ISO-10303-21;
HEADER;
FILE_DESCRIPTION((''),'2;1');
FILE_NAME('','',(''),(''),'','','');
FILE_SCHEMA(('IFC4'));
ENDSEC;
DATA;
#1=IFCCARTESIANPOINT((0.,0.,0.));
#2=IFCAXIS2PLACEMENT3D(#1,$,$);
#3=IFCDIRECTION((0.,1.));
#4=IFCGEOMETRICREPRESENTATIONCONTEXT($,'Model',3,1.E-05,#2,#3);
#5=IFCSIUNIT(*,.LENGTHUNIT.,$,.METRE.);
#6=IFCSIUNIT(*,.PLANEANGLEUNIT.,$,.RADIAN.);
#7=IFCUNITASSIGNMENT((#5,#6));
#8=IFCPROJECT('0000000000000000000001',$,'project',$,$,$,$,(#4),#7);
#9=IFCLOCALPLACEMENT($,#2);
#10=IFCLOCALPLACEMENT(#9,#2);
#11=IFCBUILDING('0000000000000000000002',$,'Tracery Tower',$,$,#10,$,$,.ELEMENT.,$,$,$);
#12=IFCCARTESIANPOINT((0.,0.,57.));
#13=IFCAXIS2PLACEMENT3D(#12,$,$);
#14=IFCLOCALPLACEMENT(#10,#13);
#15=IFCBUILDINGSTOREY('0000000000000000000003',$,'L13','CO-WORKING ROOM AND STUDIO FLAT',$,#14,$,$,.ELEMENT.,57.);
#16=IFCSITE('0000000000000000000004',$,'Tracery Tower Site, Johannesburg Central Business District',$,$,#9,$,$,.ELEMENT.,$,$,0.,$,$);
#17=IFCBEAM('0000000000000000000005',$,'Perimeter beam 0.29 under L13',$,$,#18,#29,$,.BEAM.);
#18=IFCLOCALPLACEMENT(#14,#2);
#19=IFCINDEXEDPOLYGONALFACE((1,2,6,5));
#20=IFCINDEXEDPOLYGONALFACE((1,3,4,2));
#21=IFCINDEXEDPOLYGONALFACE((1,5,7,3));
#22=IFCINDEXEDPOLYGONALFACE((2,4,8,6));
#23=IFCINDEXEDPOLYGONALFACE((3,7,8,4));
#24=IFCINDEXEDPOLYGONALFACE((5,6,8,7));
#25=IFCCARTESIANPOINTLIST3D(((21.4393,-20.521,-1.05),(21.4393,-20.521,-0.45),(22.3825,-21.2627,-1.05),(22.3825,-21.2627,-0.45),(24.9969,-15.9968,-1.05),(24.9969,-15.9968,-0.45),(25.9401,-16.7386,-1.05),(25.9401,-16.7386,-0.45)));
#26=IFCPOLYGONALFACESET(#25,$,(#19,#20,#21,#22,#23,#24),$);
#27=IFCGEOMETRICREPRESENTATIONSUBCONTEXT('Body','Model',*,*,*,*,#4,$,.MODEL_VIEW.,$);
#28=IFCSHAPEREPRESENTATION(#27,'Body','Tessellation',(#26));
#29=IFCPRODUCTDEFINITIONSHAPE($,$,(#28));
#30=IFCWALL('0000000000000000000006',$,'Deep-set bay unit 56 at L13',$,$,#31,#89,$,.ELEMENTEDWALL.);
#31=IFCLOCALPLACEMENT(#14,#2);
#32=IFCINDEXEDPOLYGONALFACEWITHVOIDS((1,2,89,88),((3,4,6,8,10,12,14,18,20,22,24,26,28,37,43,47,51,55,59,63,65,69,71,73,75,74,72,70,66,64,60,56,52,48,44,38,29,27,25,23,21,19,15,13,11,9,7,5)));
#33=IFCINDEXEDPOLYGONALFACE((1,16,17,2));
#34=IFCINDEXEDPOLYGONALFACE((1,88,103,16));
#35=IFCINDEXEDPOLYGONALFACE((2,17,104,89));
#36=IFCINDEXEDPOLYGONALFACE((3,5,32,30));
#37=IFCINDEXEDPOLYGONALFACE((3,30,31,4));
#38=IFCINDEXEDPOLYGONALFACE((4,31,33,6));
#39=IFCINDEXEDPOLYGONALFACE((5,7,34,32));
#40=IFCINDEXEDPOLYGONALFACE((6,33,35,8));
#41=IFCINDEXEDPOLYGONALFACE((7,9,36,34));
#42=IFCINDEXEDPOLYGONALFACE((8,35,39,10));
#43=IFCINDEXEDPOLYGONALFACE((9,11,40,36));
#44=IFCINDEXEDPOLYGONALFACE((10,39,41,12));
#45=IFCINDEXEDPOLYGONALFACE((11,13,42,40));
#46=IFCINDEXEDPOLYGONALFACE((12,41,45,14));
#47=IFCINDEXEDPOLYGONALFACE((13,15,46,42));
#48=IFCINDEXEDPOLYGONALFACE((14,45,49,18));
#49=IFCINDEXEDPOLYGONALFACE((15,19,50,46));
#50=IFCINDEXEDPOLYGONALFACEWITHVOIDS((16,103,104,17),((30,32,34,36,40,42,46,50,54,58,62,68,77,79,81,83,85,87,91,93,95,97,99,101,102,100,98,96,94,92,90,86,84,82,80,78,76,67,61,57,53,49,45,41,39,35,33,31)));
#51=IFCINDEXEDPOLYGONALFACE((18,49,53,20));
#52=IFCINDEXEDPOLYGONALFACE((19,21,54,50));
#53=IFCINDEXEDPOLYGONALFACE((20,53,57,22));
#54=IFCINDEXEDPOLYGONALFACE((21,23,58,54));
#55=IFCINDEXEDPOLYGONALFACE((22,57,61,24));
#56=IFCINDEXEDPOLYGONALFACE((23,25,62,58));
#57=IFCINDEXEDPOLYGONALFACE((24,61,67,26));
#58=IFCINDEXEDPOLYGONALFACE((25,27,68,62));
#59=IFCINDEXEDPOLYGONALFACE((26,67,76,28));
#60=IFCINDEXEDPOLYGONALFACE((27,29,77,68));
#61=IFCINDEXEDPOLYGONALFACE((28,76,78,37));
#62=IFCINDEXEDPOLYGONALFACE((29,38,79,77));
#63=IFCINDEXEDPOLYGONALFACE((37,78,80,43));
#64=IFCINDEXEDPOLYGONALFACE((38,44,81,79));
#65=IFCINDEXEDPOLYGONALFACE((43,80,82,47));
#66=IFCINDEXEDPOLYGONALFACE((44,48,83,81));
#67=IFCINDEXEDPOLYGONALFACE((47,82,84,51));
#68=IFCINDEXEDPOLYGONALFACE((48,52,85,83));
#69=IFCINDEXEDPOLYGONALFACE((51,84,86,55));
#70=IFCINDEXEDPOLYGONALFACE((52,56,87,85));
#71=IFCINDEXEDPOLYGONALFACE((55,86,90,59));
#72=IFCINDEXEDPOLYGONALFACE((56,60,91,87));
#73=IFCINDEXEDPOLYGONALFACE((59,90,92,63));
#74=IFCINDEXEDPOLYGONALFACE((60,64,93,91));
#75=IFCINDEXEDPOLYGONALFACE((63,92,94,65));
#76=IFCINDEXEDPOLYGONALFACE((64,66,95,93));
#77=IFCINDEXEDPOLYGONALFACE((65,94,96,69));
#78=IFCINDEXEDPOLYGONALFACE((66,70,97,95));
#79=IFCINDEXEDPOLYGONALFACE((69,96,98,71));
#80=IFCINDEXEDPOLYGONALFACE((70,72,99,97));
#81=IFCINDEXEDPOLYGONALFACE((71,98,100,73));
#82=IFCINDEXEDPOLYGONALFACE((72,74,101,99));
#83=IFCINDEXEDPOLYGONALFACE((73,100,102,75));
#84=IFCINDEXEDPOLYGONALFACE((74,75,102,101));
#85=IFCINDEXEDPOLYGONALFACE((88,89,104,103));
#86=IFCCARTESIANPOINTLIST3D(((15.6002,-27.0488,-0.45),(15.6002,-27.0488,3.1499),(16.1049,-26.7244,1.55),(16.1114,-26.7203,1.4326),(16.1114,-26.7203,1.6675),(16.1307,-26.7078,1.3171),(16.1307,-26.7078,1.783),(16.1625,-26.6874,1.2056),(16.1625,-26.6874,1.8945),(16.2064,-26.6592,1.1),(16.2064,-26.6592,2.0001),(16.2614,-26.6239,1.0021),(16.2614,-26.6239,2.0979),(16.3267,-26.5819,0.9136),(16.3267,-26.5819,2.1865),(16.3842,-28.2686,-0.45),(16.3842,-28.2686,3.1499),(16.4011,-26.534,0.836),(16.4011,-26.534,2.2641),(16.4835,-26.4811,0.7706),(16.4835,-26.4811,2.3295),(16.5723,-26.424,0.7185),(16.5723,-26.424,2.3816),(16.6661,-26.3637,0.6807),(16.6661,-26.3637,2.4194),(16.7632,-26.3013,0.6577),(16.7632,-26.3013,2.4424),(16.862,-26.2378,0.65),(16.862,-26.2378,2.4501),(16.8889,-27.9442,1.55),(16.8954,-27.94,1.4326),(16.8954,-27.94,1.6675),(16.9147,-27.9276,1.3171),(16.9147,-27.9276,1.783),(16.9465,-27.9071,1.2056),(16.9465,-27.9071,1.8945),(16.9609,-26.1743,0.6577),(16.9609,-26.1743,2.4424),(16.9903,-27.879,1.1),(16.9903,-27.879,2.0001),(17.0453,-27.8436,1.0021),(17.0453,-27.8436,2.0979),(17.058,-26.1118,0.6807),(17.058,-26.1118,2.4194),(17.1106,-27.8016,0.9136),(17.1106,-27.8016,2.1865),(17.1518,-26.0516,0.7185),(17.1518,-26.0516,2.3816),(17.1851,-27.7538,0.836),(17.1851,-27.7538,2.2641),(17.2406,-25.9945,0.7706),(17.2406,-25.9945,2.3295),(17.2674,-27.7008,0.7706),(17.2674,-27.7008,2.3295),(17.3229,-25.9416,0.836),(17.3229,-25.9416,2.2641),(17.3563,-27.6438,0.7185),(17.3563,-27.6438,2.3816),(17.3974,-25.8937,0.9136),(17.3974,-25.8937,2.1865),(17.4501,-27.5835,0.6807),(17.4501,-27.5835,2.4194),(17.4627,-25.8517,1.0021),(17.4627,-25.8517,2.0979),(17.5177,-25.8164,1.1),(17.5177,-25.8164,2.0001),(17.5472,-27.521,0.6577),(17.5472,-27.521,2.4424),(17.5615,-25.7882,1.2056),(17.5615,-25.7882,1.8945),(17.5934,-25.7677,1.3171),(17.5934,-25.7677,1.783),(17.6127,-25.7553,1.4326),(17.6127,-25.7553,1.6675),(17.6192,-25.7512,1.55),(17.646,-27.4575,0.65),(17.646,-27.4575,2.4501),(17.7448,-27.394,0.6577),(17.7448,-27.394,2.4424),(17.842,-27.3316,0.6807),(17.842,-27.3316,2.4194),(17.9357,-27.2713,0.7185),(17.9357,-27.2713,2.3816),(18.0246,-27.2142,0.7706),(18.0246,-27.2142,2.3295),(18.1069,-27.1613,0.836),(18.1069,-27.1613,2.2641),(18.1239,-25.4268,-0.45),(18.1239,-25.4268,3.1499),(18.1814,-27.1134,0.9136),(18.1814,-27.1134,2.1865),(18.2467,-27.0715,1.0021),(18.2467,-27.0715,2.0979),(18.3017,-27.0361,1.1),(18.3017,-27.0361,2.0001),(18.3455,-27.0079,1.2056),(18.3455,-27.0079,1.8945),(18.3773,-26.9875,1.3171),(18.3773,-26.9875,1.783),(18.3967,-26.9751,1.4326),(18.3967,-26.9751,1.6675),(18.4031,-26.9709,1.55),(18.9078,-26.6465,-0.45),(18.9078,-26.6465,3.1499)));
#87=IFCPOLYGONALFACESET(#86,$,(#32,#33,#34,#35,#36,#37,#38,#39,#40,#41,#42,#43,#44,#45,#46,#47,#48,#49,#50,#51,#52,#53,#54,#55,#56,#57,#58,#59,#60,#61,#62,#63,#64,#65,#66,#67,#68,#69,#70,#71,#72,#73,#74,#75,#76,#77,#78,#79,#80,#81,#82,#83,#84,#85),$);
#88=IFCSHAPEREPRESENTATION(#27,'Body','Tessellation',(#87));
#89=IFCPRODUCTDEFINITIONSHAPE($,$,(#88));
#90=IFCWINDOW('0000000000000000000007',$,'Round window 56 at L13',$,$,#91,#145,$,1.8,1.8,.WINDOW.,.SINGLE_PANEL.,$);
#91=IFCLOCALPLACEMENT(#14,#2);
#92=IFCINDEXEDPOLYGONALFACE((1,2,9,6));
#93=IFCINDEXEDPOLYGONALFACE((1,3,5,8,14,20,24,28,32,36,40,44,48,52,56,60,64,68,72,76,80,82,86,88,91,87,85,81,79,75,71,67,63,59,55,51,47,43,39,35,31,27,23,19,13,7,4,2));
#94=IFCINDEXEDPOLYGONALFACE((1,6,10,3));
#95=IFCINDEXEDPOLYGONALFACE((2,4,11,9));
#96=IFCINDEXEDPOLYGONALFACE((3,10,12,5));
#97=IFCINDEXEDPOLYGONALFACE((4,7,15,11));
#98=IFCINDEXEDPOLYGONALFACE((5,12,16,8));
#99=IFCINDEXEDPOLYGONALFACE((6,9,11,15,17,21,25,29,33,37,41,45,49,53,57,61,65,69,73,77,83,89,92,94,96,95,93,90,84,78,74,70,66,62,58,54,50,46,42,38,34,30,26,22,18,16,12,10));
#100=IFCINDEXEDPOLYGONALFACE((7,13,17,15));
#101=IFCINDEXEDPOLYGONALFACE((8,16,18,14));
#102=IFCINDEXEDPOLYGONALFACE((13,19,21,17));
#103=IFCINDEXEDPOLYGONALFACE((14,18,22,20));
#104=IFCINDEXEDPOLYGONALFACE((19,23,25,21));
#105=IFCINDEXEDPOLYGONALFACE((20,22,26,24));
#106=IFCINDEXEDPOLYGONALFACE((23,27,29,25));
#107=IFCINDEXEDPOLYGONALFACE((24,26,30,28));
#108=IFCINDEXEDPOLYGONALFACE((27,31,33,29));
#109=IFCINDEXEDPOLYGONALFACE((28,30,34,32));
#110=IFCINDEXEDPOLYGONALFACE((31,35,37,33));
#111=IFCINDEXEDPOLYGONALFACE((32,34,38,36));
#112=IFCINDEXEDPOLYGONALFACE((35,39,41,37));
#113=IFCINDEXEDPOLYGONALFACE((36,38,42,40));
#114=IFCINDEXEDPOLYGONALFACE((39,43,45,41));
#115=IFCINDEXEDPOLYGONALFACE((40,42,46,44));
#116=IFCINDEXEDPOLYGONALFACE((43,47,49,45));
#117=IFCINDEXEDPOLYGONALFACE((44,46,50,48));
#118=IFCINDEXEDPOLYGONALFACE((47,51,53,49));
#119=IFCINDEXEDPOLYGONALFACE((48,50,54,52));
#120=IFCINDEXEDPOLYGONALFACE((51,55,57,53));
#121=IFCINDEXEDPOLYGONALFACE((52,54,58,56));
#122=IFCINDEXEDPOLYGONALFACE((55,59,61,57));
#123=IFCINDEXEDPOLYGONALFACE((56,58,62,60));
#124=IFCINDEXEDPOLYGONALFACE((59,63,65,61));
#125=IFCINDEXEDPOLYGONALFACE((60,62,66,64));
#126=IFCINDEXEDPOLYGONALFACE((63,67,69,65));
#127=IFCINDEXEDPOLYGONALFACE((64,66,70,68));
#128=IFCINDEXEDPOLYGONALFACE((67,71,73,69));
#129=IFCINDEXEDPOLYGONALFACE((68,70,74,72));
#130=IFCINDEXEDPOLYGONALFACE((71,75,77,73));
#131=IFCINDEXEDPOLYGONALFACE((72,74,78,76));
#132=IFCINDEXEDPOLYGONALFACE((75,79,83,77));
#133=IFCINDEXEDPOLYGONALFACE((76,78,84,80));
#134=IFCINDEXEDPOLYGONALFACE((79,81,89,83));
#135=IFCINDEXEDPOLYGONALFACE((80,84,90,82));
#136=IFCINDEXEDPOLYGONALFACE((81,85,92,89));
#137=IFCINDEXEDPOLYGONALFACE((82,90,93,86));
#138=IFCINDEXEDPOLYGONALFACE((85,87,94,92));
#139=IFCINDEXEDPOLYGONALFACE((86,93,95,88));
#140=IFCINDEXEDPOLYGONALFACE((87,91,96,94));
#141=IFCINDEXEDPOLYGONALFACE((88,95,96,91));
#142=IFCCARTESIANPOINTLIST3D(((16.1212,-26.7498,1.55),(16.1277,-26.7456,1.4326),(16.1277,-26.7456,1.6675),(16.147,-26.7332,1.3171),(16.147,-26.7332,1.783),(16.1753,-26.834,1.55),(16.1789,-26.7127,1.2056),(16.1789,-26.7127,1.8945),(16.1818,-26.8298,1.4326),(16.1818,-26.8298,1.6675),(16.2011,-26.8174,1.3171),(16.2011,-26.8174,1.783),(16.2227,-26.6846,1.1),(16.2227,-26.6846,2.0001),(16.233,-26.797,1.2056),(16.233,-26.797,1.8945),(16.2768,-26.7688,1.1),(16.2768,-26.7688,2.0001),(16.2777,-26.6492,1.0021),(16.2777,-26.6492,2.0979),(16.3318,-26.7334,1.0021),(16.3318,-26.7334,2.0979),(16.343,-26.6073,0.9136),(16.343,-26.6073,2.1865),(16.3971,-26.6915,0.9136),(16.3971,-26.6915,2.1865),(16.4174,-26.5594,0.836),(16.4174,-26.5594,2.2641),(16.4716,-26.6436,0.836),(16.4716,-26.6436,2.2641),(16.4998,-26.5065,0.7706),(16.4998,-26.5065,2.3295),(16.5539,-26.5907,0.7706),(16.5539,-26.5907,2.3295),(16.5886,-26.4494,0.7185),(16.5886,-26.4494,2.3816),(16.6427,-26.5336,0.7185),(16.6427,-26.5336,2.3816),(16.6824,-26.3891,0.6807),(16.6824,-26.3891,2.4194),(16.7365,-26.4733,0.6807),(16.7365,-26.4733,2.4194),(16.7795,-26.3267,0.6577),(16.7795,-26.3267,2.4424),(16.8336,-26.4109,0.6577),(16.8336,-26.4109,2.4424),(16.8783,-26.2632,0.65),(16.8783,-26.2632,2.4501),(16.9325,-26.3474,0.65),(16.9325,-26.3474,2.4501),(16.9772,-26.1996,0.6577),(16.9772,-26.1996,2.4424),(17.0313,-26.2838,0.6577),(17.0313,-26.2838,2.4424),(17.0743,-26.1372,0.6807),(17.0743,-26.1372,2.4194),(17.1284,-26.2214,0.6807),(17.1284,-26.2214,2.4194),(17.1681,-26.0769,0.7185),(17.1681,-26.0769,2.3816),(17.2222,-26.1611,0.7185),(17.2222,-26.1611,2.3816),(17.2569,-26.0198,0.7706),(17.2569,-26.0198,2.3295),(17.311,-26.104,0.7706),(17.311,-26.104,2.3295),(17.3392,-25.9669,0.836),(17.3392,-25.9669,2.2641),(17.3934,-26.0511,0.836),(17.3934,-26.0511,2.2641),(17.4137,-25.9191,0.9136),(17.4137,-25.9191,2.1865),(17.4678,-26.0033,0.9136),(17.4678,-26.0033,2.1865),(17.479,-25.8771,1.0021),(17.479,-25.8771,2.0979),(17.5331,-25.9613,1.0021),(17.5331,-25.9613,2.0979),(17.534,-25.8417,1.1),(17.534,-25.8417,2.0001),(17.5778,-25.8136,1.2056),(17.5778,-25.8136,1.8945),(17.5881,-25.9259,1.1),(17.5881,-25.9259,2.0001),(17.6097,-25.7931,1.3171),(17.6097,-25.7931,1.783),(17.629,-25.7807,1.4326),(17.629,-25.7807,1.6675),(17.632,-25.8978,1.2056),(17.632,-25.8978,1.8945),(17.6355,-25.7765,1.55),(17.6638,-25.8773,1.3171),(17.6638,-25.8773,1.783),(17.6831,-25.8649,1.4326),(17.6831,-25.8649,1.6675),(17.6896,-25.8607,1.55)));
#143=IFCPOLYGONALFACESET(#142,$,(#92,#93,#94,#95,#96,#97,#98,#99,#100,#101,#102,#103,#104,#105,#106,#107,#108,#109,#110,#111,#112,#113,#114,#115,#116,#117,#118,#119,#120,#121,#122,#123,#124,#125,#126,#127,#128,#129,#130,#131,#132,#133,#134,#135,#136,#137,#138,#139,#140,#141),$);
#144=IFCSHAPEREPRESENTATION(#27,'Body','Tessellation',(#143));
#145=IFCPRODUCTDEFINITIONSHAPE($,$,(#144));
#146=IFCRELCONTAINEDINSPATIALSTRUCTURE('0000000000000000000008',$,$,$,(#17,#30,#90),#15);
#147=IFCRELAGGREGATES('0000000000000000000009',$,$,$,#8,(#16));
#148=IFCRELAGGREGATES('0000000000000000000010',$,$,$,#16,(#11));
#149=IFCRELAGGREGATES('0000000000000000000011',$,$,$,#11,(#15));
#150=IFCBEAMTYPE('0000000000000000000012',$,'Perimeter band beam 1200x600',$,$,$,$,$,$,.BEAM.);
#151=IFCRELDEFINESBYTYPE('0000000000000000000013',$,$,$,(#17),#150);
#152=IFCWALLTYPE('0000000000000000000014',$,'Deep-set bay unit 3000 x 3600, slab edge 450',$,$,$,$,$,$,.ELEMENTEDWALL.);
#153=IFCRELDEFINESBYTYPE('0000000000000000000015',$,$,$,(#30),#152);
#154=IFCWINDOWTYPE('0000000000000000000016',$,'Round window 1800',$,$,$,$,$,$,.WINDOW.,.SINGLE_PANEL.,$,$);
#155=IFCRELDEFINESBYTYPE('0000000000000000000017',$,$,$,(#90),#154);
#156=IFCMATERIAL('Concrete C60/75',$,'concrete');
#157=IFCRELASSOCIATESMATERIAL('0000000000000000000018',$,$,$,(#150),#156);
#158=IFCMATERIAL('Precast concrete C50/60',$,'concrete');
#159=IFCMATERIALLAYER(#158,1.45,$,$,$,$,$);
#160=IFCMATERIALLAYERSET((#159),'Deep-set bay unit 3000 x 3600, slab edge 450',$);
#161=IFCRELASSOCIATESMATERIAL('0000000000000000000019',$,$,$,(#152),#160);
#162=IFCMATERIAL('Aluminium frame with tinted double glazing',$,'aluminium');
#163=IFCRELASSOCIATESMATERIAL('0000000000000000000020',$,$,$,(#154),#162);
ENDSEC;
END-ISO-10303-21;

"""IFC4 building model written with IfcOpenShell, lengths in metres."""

from ifc_helpers import new_model, si_unit, direction, frame, frame_2d, origin, origin_2d, place, context, subcontext, project, spatial, rectangle, circle, extrude, material, layer, layer_set, material_profile, profile_set, type_object, element, fill, save


model = new_model("IFC4")

# Units and contexts
model_context = context("Model", 3, precision=1e-05, world=origin(), true_north=direction((0.0, 1.0)))
body_context = subcontext(model_context, "Body", "Model", "MODEL_VIEW")
ifc_project = project(units=[si_unit("LENGTHUNIT", "METRE"), si_unit("PLANEANGLEUNIT", "RADIAN")], contexts=[model_context])

# Site, building, storey
site_placement = place(None, origin())
site = spatial("IfcSite", under=ifc_project, at=site_placement, Name="Tracery Tower Site, Johannesburg Central Business District", CompositionType="ELEMENT", RefElevation=0.0)
building_placement = place(site_placement, origin())
building = spatial("IfcBuilding", under=site, at=building_placement, Name="Tracery Tower", CompositionType="ELEMENT")
storey_placement = place(building_placement, frame((0.0, 0.0, 57.0)))
storey = spatial("IfcBuildingStorey", under=building, at=storey_placement, Name="L13", Description="CO-WORKING ROOM AND STUDIO FLAT", CompositionType="ELEMENT", Elevation=57.0)

# Beam
ifc_material_1 = material(Name="Concrete C60/75", Category="concrete")
ifc_material_profile_1 = material_profile(ifc_material_1, rectangle(XDim=1.2, YDim=0.6001, at=origin_2d()), Name="RC 1200x600")
ifc_profile_set_1 = profile_set([ifc_material_profile_1], Name="Concrete C60/75")
beam_type = type_object("IfcBeamType", Name="Perimeter band beam 1200x600", PredefinedType="BEAM", material=ifc_profile_set_1)
beam_1_placement = place(storey_placement, frame((21.9109, -20.8918, -0.75), z_axis=(0.618134, 0.786072, 0.0), x_axis=(-0.786072, 0.618134, 0.0)))
element("IfcBeam", 1, at=beam_1_placement, inside=storey, type_object=beam_type, Name="Perimeter beam 0.29 under L13", PredefinedType="BEAM", context=body_context, shape_type="SweptSolid", body=[
    extrude(rectangle(XDim=1.2, YDim=0.6001, at=origin_2d()), origin(), (0.0, 0.0, 1.0), 5.7554),
])

# Wall, opening, window
ifc_material_2 = material(Name="Precast concrete C50/60", Category="concrete")
ifc_layer_1 = layer(ifc_material_2, 1.45)
ifc_layer_set_1 = layer_set([ifc_layer_1], Name="Deep-set bay unit 3000 x 3600, slab edge 450")
wall_type_1 = type_object("IfcWallType", Name="Deep-set bay unit 3000 x 3600, slab edge 450", PredefinedType="ELEMENTEDWALL", material=ifc_layer_set_1)
wall_1_placement = place(storey_placement, frame((15.9922, -27.6587, -0.45), z_axis=(0.0, 0.0, 1.0), x_axis=(0.841223, 0.540688, 0.0)))
wall_1 = element("IfcWall", 2, at=wall_1_placement, inside=storey, type_object=wall_type_1, Name="Deep-set bay unit 56 at L13", PredefinedType="ELEMENTEDWALL", context=body_context, shape_type="SweptSolid", body=[
    extrude(rectangle(XDim=3.0, YDim=1.45, at=frame_2d((1.5, 0.0))), origin(), (0.0, 0.0, 1.0), 3.5999),
])
opening_1_placement = place(wall_1_placement, frame((1.5, 0.0, 2.0)))
opening_1 = element("IfcOpeningElement", 3, at=opening_1_placement, cuts=wall_1, PredefinedType="OPENING", context=body_context, shape_type="SweptSolid", body=[
    extrude(circle(Radius=0.9, at=origin_2d()), frame((0.0, 0.7349, 0.0), z_axis=(0.0, -1.0, 0.0), x_axis=(1.0, 0.0, 0.0)), (0.0, 0.0, 1.0), 1.47),
])
ifc_material_3 = material(Name="Aluminium frame with tinted double glazing", Category="aluminium")
window_type = type_object("IfcWindowType", Name="Round window 1800", PartitioningType="SINGLE_PANEL", PredefinedType="WINDOW", material=ifc_material_3)
window_1_placement = place(opening_1_placement, origin())
window_1 = element("IfcWindow", 4, at=window_1_placement, inside=storey, type_object=window_type, Name="Round window 56 at L13", OverallHeight=1.8, OverallWidth=1.8, PartitioningType="SINGLE_PANEL", PredefinedType="WINDOW", context=body_context, shape_type="SweptSolid", body=[
    extrude(circle(Radius=0.9, at=origin_2d()), frame((0.0, 0.6948, 0.0), z_axis=(0.0, -1.0, 0.0), x_axis=(1.0, 0.0, 0.0)), (0.0, 0.0, 1.0), 0.1001),
])
fill(opening_1, window_1)

save(model, "model.ifc")
